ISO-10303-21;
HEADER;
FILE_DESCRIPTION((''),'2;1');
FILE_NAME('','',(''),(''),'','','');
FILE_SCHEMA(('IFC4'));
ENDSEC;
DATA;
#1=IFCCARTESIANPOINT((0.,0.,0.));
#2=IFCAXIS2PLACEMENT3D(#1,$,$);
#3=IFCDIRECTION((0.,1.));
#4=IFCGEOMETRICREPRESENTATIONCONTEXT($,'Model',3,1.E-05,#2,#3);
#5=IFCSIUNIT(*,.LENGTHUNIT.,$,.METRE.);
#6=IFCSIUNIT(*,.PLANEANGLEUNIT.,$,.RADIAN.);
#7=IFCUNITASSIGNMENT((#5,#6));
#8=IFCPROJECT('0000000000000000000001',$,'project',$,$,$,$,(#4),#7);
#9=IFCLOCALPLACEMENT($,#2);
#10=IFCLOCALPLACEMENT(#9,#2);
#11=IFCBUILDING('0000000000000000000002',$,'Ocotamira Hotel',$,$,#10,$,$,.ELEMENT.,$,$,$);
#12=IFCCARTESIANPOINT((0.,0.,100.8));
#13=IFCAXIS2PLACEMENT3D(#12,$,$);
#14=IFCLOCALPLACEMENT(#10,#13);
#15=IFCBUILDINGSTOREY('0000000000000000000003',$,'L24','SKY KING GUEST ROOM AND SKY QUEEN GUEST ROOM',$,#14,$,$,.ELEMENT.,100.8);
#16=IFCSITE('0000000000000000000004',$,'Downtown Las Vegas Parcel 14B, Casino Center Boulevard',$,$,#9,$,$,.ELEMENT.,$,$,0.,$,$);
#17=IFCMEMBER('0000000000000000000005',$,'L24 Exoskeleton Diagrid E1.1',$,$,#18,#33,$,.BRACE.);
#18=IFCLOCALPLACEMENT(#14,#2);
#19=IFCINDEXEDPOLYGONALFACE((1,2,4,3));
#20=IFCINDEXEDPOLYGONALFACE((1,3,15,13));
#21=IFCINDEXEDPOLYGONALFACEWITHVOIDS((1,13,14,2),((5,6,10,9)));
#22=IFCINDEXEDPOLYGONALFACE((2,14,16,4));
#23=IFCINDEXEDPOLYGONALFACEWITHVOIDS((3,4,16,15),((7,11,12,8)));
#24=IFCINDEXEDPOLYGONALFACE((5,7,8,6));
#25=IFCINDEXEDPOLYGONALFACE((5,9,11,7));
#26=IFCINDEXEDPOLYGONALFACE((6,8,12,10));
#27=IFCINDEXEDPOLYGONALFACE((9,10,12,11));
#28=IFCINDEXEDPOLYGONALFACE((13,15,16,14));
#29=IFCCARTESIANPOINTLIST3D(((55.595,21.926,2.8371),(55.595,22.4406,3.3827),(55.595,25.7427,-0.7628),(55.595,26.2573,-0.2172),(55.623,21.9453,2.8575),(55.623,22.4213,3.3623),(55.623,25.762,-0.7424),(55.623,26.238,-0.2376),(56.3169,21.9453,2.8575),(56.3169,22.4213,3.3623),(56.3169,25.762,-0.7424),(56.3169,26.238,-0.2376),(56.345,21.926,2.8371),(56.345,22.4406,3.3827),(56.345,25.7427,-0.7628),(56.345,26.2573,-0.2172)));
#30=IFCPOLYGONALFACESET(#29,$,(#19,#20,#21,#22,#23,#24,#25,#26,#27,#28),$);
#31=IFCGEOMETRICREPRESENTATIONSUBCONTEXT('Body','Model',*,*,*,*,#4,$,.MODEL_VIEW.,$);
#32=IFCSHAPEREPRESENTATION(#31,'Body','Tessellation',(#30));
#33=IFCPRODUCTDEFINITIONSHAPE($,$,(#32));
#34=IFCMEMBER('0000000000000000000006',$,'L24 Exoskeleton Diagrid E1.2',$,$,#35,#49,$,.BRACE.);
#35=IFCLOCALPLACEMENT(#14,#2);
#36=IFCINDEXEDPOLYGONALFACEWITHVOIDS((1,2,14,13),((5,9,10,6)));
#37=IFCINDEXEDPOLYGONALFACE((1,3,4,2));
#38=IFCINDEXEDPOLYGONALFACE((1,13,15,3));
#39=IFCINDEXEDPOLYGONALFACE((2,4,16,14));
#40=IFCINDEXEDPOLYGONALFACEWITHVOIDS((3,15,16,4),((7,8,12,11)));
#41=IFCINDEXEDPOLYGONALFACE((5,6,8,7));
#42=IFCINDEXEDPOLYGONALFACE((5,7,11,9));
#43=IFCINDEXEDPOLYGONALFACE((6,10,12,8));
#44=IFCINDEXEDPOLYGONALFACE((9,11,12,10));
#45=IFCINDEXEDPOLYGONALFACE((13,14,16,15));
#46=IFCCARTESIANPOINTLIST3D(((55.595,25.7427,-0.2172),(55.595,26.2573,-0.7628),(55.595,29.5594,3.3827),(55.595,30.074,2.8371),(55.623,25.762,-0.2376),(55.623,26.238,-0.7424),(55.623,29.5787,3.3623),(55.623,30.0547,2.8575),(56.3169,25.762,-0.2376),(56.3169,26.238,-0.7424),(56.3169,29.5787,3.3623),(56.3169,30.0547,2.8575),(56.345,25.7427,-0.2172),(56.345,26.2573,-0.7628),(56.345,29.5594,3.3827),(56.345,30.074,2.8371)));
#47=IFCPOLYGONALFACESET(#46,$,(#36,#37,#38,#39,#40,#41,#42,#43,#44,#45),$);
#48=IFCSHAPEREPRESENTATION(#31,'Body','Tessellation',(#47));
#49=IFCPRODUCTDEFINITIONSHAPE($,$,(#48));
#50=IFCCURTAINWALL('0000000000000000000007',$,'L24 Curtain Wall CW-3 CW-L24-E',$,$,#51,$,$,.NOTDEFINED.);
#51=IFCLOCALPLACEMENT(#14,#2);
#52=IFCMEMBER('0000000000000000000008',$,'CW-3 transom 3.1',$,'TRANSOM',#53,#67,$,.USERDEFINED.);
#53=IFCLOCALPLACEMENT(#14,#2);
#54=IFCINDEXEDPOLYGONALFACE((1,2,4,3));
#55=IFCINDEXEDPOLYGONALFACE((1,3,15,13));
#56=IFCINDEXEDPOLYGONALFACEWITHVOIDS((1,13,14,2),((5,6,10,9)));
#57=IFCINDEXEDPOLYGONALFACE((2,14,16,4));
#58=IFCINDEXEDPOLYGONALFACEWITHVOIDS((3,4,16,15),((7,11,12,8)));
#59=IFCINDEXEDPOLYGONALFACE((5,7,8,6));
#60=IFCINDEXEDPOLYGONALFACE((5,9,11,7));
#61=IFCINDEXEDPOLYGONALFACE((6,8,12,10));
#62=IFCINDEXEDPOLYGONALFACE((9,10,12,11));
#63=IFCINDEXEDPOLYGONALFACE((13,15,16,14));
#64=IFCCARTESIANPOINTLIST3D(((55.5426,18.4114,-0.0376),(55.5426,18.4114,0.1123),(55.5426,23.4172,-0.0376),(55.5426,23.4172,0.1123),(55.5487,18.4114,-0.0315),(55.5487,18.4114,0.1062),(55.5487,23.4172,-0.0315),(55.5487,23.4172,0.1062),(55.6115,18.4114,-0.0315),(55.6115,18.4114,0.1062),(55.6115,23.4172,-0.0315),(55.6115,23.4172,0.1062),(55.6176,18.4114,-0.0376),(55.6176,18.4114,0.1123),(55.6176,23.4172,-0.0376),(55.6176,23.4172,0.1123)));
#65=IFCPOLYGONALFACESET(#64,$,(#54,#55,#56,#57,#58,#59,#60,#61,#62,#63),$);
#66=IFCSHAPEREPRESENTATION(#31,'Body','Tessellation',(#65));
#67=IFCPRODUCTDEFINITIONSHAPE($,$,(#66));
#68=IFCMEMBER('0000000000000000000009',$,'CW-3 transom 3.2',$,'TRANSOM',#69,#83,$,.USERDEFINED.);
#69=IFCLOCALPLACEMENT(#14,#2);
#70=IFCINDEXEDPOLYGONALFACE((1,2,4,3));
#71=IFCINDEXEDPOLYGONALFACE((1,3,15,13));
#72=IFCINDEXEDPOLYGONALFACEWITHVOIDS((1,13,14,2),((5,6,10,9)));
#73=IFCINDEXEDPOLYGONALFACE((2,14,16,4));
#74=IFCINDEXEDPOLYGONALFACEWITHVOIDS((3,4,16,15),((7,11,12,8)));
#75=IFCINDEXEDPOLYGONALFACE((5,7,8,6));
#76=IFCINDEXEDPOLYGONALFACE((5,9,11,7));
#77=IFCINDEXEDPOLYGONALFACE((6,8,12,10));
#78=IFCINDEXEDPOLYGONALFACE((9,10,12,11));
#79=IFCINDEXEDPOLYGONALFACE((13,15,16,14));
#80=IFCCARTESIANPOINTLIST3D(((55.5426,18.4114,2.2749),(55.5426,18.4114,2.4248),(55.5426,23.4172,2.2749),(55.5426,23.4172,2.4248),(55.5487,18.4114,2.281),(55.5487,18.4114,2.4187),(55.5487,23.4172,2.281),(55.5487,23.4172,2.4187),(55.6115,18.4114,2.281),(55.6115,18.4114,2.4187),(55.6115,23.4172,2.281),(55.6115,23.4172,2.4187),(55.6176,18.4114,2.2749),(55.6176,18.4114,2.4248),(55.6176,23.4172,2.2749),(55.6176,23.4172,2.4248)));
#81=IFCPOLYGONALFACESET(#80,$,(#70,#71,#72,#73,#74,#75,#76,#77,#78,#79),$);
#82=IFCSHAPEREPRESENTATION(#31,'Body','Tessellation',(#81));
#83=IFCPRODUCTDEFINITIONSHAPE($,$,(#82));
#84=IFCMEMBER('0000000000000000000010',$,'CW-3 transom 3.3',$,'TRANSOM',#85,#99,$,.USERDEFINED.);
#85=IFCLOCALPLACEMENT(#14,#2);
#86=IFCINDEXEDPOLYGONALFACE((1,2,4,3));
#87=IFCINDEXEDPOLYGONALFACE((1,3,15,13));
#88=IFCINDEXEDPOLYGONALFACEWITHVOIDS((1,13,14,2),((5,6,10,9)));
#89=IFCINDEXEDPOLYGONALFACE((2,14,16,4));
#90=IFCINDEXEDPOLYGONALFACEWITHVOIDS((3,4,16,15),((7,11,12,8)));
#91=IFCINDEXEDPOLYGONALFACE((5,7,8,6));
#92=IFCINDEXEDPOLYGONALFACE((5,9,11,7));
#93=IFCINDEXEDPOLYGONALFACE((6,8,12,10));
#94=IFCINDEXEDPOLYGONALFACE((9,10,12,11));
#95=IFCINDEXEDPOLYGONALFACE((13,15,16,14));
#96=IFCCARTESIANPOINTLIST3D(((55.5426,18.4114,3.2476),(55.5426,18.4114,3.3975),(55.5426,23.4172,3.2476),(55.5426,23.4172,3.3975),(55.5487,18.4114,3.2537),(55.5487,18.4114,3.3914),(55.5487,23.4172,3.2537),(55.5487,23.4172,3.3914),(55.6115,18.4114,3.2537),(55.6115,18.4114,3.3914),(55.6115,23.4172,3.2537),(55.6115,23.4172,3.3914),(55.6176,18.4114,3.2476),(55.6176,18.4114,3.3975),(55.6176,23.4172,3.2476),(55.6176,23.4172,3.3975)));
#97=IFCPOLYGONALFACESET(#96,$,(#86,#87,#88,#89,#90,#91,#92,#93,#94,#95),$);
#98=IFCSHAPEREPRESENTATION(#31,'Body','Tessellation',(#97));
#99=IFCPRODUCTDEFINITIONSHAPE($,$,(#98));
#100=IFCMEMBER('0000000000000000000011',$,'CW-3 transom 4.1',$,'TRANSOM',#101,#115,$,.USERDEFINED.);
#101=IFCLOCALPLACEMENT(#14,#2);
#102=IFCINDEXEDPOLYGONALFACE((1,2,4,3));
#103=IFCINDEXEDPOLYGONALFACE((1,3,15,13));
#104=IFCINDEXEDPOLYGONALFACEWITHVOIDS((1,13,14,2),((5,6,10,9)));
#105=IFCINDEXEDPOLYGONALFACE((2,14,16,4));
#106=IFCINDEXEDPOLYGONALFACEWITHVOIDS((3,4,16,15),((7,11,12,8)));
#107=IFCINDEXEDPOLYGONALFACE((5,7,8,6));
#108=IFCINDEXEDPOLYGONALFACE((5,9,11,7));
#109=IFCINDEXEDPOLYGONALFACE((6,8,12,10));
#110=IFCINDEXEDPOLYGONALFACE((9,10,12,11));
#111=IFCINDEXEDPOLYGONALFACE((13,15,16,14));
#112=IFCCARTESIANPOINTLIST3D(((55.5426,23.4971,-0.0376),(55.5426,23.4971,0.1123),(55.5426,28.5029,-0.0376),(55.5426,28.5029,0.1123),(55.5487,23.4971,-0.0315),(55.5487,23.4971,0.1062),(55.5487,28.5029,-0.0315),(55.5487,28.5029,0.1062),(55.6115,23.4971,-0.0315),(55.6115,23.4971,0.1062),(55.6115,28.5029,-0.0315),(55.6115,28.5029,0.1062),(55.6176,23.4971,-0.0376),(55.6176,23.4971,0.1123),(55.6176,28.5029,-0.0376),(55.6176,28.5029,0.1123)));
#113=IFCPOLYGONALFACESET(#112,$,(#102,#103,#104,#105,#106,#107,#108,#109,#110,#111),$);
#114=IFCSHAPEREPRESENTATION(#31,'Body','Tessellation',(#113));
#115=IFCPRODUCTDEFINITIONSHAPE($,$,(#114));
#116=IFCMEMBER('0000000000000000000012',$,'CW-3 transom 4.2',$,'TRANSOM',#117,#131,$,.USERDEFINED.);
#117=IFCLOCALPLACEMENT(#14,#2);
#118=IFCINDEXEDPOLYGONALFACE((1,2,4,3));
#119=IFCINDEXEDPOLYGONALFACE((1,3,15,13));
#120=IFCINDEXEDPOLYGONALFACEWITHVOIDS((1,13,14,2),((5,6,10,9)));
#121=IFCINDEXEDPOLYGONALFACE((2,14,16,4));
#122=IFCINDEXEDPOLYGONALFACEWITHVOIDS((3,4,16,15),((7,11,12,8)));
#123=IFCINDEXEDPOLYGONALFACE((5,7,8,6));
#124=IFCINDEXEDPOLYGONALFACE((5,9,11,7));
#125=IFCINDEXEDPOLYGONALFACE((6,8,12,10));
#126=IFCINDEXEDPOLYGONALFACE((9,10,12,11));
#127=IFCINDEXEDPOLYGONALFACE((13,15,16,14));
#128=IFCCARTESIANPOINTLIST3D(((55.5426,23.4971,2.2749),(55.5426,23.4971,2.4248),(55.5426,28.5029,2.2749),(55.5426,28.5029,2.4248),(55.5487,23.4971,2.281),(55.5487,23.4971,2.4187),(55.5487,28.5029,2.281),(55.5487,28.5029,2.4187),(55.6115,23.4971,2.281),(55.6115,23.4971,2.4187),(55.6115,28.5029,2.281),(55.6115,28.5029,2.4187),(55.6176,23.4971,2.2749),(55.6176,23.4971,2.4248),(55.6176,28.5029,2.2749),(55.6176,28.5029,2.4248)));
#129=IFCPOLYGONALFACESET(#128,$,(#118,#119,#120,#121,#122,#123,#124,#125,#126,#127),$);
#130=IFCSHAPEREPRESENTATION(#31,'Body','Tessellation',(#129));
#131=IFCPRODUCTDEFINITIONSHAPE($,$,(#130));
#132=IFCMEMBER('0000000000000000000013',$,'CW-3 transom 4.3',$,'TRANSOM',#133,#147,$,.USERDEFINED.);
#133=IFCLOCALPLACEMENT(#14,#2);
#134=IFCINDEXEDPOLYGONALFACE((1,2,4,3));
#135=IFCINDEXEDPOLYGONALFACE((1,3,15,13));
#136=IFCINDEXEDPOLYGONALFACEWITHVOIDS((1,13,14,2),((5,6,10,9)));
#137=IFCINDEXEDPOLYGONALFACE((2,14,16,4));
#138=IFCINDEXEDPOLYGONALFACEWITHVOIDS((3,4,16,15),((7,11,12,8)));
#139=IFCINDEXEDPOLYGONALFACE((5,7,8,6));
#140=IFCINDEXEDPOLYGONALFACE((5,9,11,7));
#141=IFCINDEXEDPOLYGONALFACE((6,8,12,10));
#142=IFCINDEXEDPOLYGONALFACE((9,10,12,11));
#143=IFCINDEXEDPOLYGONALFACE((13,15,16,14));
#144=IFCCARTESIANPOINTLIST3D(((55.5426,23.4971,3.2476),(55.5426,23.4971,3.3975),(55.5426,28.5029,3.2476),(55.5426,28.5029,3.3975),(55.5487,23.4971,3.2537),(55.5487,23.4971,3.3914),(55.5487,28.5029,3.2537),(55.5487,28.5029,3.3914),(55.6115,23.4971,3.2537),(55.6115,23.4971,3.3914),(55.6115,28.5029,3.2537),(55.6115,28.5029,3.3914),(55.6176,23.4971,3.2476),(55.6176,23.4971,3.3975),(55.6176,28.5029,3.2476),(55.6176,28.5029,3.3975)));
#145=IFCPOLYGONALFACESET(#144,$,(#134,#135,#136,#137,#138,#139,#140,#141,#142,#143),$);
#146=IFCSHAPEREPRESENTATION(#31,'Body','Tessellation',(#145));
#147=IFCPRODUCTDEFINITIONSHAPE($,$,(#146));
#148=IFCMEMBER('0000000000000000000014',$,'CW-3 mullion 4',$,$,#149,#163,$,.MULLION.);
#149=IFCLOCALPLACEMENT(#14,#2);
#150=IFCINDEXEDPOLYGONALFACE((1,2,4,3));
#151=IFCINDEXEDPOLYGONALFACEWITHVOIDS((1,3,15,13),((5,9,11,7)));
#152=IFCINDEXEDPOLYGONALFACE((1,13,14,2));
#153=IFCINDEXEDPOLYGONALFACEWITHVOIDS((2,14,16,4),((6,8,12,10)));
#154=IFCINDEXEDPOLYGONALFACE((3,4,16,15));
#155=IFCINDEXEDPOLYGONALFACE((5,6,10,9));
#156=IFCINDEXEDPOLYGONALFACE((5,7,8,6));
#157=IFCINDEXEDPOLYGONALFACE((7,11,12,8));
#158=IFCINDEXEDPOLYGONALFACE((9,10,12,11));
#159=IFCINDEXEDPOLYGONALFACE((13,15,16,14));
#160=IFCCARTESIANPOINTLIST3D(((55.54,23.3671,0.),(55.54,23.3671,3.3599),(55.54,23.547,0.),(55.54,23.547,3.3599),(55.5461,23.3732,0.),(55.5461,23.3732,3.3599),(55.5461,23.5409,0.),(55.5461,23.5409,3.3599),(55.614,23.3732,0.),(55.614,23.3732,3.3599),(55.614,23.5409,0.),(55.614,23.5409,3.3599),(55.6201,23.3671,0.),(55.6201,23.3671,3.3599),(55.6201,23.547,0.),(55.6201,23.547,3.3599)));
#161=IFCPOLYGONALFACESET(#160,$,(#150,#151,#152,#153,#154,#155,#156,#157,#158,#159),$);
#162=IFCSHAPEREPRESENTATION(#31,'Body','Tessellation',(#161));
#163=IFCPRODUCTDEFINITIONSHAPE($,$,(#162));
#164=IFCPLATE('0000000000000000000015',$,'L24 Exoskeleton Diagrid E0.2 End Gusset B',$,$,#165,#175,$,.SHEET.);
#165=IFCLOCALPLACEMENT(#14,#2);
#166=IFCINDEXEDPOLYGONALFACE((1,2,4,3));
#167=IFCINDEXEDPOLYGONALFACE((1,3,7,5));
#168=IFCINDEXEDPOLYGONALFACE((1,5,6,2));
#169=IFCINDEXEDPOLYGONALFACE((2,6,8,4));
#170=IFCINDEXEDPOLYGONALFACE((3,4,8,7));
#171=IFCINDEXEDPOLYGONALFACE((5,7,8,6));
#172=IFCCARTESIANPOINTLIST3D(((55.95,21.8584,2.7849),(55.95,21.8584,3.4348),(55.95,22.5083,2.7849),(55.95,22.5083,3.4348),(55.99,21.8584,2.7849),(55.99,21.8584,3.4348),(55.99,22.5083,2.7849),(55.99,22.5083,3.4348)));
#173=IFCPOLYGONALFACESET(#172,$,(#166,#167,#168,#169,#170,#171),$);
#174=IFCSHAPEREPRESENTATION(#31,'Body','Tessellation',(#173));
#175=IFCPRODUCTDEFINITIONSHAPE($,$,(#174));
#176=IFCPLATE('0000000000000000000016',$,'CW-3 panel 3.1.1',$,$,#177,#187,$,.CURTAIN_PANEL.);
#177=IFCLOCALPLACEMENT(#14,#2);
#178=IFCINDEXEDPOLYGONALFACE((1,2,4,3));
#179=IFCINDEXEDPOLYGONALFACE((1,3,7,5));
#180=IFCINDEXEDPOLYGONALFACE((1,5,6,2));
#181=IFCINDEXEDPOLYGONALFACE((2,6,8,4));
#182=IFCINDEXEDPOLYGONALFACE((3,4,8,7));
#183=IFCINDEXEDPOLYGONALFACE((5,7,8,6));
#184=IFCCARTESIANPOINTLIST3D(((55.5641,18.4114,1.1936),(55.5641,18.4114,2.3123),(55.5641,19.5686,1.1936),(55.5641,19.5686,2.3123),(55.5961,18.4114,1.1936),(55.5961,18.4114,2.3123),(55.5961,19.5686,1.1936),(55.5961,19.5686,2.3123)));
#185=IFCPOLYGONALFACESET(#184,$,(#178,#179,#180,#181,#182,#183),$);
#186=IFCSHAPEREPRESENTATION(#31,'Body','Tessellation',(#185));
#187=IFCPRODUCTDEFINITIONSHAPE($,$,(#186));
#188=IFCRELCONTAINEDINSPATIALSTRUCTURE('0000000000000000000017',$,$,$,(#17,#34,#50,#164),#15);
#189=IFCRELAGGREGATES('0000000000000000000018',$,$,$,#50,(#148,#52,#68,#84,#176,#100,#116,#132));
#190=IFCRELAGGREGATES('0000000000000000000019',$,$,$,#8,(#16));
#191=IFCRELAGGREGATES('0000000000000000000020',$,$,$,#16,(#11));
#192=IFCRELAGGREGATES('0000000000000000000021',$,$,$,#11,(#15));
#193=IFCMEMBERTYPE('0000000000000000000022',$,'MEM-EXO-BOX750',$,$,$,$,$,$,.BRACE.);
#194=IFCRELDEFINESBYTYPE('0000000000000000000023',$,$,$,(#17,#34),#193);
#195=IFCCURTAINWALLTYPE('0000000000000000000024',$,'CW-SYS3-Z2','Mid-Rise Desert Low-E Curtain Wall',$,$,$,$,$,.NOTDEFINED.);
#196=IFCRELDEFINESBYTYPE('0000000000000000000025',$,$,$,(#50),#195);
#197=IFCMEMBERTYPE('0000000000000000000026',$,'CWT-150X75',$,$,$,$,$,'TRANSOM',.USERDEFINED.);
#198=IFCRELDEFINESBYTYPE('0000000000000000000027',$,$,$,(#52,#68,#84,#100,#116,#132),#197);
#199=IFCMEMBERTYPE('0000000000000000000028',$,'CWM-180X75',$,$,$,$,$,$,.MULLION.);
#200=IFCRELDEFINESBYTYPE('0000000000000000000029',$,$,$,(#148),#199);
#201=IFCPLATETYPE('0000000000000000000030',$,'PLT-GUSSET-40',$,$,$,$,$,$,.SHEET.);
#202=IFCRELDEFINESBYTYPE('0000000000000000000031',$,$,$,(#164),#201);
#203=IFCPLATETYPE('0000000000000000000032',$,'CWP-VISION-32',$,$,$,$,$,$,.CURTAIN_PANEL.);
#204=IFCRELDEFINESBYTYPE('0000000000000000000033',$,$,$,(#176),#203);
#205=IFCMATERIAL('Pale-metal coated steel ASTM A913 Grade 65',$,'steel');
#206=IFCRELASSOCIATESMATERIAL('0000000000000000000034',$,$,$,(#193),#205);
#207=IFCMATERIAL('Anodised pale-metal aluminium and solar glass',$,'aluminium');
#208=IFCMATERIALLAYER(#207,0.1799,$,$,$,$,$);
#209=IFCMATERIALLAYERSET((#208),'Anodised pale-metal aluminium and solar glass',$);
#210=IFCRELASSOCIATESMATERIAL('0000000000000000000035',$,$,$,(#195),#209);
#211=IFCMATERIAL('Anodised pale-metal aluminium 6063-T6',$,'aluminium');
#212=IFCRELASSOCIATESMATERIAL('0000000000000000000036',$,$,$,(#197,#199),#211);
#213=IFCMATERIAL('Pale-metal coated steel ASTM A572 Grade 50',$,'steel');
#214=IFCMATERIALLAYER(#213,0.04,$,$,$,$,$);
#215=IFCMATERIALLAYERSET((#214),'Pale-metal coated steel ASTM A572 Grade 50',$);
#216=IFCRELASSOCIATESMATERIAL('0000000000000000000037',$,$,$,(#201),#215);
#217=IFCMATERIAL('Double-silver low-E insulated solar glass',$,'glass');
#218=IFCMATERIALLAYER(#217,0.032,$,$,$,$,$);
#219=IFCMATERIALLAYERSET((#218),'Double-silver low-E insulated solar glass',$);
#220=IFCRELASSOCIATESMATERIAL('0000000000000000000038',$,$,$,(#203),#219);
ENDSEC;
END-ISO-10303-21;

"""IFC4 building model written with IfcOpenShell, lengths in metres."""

from ifc_helpers import new_model, si_unit, direction, frame, origin, origin_2d, place, context, subcontext, project, spatial, rectangle, hollow_rectangle, extrude, source, transform, mapped, material, layer, layer_set, material_profile, profile_set, type_object, element, aggregate, save


model = new_model("IFC4")

# Units and contexts
model_context = context("Model", 3, precision=1e-05, world=origin(), true_north=direction((0.0, 1.0)))
body_context = subcontext(model_context, "Body", "Model", "MODEL_VIEW")
ifc_project = project(units=[si_unit("LENGTHUNIT", "METRE"), si_unit("PLANEANGLEUNIT", "RADIAN")], contexts=[model_context])

# Site, building, storey
site_placement = place(None, origin())
site = spatial("IfcSite", under=ifc_project, at=site_placement, Name="Downtown Las Vegas Parcel 14B, Casino Center Boulevard", CompositionType="ELEMENT", RefElevation=0.0)
building_placement = place(site_placement, origin())
building = spatial("IfcBuilding", under=site, at=building_placement, Name="Ocotamira Hotel", CompositionType="ELEMENT")
storey_placement = place(building_placement, frame((0.0, 0.0, 100.8)))
storey = spatial("IfcBuildingStorey", under=building, at=storey_placement, Name="L24", Description="SKY KING GUEST ROOM AND SKY QUEEN GUEST ROOM", CompositionType="ELEMENT", Elevation=100.8)

# Members
ifc_material_1 = material(Name="Pale-metal coated steel ASTM A913 Grade 65", Category="steel")
ifc_material_profile_1 = material_profile(ifc_material_1, hollow_rectangle(XDim=0.75, YDim=0.75, WallThickness=0.0281, at=origin_2d()), Name="BOX750X750X28")
ifc_profile_set_1 = profile_set([ifc_material_profile_1], Name="Pale-metal coated steel ASTM A913 Grade 65")
member_type_1 = type_object("IfcMemberType", Name="MEM-EXO-BOX750", PredefinedType="BRACE", material=ifc_profile_set_1)
shared_shape_1 = source(origin(), body_context, "Body", "SweptSolid", [
    extrude(hollow_rectangle(XDim=0.75, YDim=0.75, WallThickness=0.0281, at=origin_2d()), origin(), (0.0, 0.0, 1.0), 5.2466),
])
for number, where, z_axis, x_axis, name in (
    (1, (55.97, 26.0, -0.49), (0.0, -0.727466, 0.686144), (1.0, 0.0, 0.0), "L24 Exoskeleton Diagrid E1.1"),
    (2, (55.97, 26.0, -0.49), (0.0, 0.727466, 0.686144), (-1.0, 0.0, 0.0), "L24 Exoskeleton Diagrid E1.2"),
):
    element("IfcMember", number, at=place(storey_placement, frame(where, z_axis=z_axis, x_axis=x_axis)), inside=storey, type_object=member_type_1, Name=name, PredefinedType="BRACE", context=body_context, shape_type="MappedRepresentation", body=[
        mapped(shared_shape_1, transform((0.0, 0.0, 0.0), scale=1.0)),
    ])

# Curtain wall, members
ifc_material_2 = material(Name="Anodised pale-metal aluminium and solar glass", Category="aluminium")
ifc_layer_1 = layer(ifc_material_2, 0.1799)
ifc_layer_set_1 = layer_set([ifc_layer_1], Name="Anodised pale-metal aluminium and solar glass")
curtain_wall_type = type_object("IfcCurtainWallType", Name="CW-SYS3-Z2", Description="Mid-Rise Desert Low-E Curtain Wall", PredefinedType="NOTDEFINED", material=ifc_layer_set_1)
curtain_wall_placement = place(storey_placement, origin())
curtain_wall = element("IfcCurtainWall", 3, at=curtain_wall_placement, inside=storey, type_object=curtain_wall_type, Name="L24 Curtain Wall CW-3 CW-L24-E", PredefinedType="NOTDEFINED")
ifc_material_3 = material(Name="Anodised pale-metal aluminium 6063-T6", Category="aluminium")
ifc_material_profile_2 = material_profile(ifc_material_3, hollow_rectangle(XDim=0.075, YDim=0.1499, WallThickness=0.0061, at=origin_2d()), Name="HSS150X75X6")
ifc_profile_set_2 = profile_set([ifc_material_profile_2], Name="Anodised pale-metal aluminium 6063-T6")
member_type_2 = type_object("IfcMemberType", Name="CWT-150X75", ElementType="TRANSOM", PredefinedType="USERDEFINED", material=ifc_profile_set_2)
shared_shape_2 = source(origin(), body_context, "Body", "SweptSolid", [
    extrude(hollow_rectangle(XDim=0.075, YDim=0.1499, WallThickness=0.0061, at=origin_2d()), origin(), (0.0, 0.0, 1.0), 5.0059),
])
member_1_placement = place(storey_placement, frame((55.5801, 18.4114, 0.0374), z_axis=(0.0, 1.0, 0.0), x_axis=(-1.0, 0.0, 0.0)))
member_1 = element("IfcMember", 4, at=member_1_placement, type_object=member_type_2, Name="CW-3 transom 3.1", ObjectType="TRANSOM", PredefinedType="USERDEFINED", context=body_context, shape_type="MappedRepresentation", body=[
    mapped(shared_shape_2, transform((0.0, 0.0, 0.0), scale=1.0)),
])
member_2_placement = place(storey_placement, frame((55.5801, 18.4114, 2.3499), z_axis=(0.0, 1.0, 0.0), x_axis=(-1.0, 0.0, 0.0)))
member_2 = element("IfcMember", 5, at=member_2_placement, type_object=member_type_2, Name="CW-3 transom 3.2", ObjectType="TRANSOM", PredefinedType="USERDEFINED", context=body_context, shape_type="MappedRepresentation", body=[
    mapped(shared_shape_2, transform((0.0, 0.0, 0.0), scale=1.0)),
])
member_3_placement = place(storey_placement, frame((55.5801, 18.4114, 3.3225), z_axis=(0.0, 1.0, 0.0), x_axis=(-1.0, 0.0, 0.0)))
member_3 = element("IfcMember", 6, at=member_3_placement, type_object=member_type_2, Name="CW-3 transom 3.3", ObjectType="TRANSOM", PredefinedType="USERDEFINED", context=body_context, shape_type="MappedRepresentation", body=[
    mapped(shared_shape_2, transform((0.0, 0.0, 0.0), scale=1.0)),
])
member_4_placement = place(storey_placement, frame((55.5801, 23.4971, 0.0374), z_axis=(0.0, 1.0, 0.0), x_axis=(-1.0, 0.0, 0.0)))
member_4 = element("IfcMember", 7, at=member_4_placement, type_object=member_type_2, Name="CW-3 transom 4.1", ObjectType="TRANSOM", PredefinedType="USERDEFINED", context=body_context, shape_type="MappedRepresentation", body=[
    mapped(shared_shape_2, transform((0.0, 0.0, 0.0), scale=1.0)),
])
member_5_placement = place(storey_placement, frame((55.5801, 23.4971, 2.3499), z_axis=(0.0, 1.0, 0.0), x_axis=(-1.0, 0.0, 0.0)))
member_5 = element("IfcMember", 8, at=member_5_placement, type_object=member_type_2, Name="CW-3 transom 4.2", ObjectType="TRANSOM", PredefinedType="USERDEFINED", context=body_context, shape_type="MappedRepresentation", body=[
    mapped(shared_shape_2, transform((0.0, 0.0, 0.0), scale=1.0)),
])
member_6_placement = place(storey_placement, frame((55.5801, 23.4971, 3.3225), z_axis=(0.0, 1.0, 0.0), x_axis=(-1.0, 0.0, 0.0)))
member_6 = element("IfcMember", 9, at=member_6_placement, type_object=member_type_2, Name="CW-3 transom 4.3", ObjectType="TRANSOM", PredefinedType="USERDEFINED", context=body_context, shape_type="MappedRepresentation", body=[
    mapped(shared_shape_2, transform((0.0, 0.0, 0.0), scale=1.0)),
])
ifc_material_profile_3 = material_profile(ifc_material_3, hollow_rectangle(XDim=0.0801, YDim=0.1799, WallThickness=0.0061, at=origin_2d()), Name="HSS180X80X6")
ifc_profile_set_3 = profile_set([ifc_material_profile_3], Name="Anodised pale-metal aluminium 6063-T6")
member_type_3 = type_object("IfcMemberType", Name="CWM-180X75", PredefinedType="MULLION", material=ifc_profile_set_3)
shared_shape_3 = source(origin(), body_context, "Body", "SweptSolid", [
    extrude(hollow_rectangle(XDim=0.0801, YDim=0.1799, WallThickness=0.0061, at=origin_2d()), origin(), (0.0, 0.0, 1.0), 3.3599),
])
member_7_placement = place(storey_placement, frame((55.5801, 23.457, 0.0), z_axis=(0.0, 0.0, 1.0), x_axis=(-1.0, 0.0, 0.0)))
member_7 = element("IfcMember", 10, at=member_7_placement, type_object=member_type_3, Name="CW-3 mullion 4", PredefinedType="MULLION", context=body_context, shape_type="MappedRepresentation", body=[
    mapped(shared_shape_3, transform((0.0, 0.0, 0.0), scale=1.0)),
])

# Plates
ifc_material_4 = material(Name="Pale-metal coated steel ASTM A572 Grade 50", Category="steel")
ifc_layer_2 = layer(ifc_material_4, 0.04)
ifc_layer_set_2 = layer_set([ifc_layer_2], Name="Pale-metal coated steel ASTM A572 Grade 50")
plate_type_1 = type_object("IfcPlateType", Name="PLT-GUSSET-40", PredefinedType="SHEET", material=ifc_layer_set_2)
shared_shape_4 = source(origin(), body_context, "Body", "SweptSolid", [
    extrude(rectangle(XDim=0.04, YDim=0.6499, at=origin_2d()), origin(), (0.0, 0.0, 1.0), 0.6499),
])
plate_1_placement = place(storey_placement, frame((55.97, 22.1833, 2.7849), z_axis=(0.0, 0.0, 1.0), x_axis=(1.0, 0.0, 0.0)))
element("IfcPlate", 11, at=plate_1_placement, inside=storey, type_object=plate_type_1, Name="L24 Exoskeleton Diagrid E0.2 End Gusset B", PredefinedType="SHEET", context=body_context, shape_type="MappedRepresentation", body=[
    mapped(shared_shape_4, transform((0.0, 0.0, 0.0), scale=1.0)),
])
ifc_material_5 = material(Name="Double-silver low-E insulated solar glass", Category="glass")
ifc_layer_3 = layer(ifc_material_5, 0.032)
ifc_layer_set_3 = layer_set([ifc_layer_3], Name="Double-silver low-E insulated solar glass")
plate_type_2 = type_object("IfcPlateType", Name="CWP-VISION-32", PredefinedType="CURTAIN_PANEL", material=ifc_layer_set_3)
shared_shape_5 = source(origin(), body_context, "Body", "SweptSolid", [
    extrude(rectangle(XDim=1.1572, YDim=0.032, at=origin_2d()), origin(), (0.0, 0.0, 1.0), 1.1187),
])
plate_2_placement = place(storey_placement, frame((55.5801, 18.99, 1.1936), z_axis=(0.0, 0.0, 1.0), x_axis=(0.0, 1.0, 0.0)))
plate_2 = element("IfcPlate", 12, at=plate_2_placement, type_object=plate_type_2, Name="CW-3 panel 3.1.1", PredefinedType="CURTAIN_PANEL", context=body_context, shape_type="MappedRepresentation", body=[
    mapped(shared_shape_5, transform((0.0, 0.0, 0.0), scale=1.0)),
])
aggregate(curtain_wall, [member_7, member_1, member_2, member_3, plate_2, member_4, member_5, member_6])

save(model, "model.ifc")
